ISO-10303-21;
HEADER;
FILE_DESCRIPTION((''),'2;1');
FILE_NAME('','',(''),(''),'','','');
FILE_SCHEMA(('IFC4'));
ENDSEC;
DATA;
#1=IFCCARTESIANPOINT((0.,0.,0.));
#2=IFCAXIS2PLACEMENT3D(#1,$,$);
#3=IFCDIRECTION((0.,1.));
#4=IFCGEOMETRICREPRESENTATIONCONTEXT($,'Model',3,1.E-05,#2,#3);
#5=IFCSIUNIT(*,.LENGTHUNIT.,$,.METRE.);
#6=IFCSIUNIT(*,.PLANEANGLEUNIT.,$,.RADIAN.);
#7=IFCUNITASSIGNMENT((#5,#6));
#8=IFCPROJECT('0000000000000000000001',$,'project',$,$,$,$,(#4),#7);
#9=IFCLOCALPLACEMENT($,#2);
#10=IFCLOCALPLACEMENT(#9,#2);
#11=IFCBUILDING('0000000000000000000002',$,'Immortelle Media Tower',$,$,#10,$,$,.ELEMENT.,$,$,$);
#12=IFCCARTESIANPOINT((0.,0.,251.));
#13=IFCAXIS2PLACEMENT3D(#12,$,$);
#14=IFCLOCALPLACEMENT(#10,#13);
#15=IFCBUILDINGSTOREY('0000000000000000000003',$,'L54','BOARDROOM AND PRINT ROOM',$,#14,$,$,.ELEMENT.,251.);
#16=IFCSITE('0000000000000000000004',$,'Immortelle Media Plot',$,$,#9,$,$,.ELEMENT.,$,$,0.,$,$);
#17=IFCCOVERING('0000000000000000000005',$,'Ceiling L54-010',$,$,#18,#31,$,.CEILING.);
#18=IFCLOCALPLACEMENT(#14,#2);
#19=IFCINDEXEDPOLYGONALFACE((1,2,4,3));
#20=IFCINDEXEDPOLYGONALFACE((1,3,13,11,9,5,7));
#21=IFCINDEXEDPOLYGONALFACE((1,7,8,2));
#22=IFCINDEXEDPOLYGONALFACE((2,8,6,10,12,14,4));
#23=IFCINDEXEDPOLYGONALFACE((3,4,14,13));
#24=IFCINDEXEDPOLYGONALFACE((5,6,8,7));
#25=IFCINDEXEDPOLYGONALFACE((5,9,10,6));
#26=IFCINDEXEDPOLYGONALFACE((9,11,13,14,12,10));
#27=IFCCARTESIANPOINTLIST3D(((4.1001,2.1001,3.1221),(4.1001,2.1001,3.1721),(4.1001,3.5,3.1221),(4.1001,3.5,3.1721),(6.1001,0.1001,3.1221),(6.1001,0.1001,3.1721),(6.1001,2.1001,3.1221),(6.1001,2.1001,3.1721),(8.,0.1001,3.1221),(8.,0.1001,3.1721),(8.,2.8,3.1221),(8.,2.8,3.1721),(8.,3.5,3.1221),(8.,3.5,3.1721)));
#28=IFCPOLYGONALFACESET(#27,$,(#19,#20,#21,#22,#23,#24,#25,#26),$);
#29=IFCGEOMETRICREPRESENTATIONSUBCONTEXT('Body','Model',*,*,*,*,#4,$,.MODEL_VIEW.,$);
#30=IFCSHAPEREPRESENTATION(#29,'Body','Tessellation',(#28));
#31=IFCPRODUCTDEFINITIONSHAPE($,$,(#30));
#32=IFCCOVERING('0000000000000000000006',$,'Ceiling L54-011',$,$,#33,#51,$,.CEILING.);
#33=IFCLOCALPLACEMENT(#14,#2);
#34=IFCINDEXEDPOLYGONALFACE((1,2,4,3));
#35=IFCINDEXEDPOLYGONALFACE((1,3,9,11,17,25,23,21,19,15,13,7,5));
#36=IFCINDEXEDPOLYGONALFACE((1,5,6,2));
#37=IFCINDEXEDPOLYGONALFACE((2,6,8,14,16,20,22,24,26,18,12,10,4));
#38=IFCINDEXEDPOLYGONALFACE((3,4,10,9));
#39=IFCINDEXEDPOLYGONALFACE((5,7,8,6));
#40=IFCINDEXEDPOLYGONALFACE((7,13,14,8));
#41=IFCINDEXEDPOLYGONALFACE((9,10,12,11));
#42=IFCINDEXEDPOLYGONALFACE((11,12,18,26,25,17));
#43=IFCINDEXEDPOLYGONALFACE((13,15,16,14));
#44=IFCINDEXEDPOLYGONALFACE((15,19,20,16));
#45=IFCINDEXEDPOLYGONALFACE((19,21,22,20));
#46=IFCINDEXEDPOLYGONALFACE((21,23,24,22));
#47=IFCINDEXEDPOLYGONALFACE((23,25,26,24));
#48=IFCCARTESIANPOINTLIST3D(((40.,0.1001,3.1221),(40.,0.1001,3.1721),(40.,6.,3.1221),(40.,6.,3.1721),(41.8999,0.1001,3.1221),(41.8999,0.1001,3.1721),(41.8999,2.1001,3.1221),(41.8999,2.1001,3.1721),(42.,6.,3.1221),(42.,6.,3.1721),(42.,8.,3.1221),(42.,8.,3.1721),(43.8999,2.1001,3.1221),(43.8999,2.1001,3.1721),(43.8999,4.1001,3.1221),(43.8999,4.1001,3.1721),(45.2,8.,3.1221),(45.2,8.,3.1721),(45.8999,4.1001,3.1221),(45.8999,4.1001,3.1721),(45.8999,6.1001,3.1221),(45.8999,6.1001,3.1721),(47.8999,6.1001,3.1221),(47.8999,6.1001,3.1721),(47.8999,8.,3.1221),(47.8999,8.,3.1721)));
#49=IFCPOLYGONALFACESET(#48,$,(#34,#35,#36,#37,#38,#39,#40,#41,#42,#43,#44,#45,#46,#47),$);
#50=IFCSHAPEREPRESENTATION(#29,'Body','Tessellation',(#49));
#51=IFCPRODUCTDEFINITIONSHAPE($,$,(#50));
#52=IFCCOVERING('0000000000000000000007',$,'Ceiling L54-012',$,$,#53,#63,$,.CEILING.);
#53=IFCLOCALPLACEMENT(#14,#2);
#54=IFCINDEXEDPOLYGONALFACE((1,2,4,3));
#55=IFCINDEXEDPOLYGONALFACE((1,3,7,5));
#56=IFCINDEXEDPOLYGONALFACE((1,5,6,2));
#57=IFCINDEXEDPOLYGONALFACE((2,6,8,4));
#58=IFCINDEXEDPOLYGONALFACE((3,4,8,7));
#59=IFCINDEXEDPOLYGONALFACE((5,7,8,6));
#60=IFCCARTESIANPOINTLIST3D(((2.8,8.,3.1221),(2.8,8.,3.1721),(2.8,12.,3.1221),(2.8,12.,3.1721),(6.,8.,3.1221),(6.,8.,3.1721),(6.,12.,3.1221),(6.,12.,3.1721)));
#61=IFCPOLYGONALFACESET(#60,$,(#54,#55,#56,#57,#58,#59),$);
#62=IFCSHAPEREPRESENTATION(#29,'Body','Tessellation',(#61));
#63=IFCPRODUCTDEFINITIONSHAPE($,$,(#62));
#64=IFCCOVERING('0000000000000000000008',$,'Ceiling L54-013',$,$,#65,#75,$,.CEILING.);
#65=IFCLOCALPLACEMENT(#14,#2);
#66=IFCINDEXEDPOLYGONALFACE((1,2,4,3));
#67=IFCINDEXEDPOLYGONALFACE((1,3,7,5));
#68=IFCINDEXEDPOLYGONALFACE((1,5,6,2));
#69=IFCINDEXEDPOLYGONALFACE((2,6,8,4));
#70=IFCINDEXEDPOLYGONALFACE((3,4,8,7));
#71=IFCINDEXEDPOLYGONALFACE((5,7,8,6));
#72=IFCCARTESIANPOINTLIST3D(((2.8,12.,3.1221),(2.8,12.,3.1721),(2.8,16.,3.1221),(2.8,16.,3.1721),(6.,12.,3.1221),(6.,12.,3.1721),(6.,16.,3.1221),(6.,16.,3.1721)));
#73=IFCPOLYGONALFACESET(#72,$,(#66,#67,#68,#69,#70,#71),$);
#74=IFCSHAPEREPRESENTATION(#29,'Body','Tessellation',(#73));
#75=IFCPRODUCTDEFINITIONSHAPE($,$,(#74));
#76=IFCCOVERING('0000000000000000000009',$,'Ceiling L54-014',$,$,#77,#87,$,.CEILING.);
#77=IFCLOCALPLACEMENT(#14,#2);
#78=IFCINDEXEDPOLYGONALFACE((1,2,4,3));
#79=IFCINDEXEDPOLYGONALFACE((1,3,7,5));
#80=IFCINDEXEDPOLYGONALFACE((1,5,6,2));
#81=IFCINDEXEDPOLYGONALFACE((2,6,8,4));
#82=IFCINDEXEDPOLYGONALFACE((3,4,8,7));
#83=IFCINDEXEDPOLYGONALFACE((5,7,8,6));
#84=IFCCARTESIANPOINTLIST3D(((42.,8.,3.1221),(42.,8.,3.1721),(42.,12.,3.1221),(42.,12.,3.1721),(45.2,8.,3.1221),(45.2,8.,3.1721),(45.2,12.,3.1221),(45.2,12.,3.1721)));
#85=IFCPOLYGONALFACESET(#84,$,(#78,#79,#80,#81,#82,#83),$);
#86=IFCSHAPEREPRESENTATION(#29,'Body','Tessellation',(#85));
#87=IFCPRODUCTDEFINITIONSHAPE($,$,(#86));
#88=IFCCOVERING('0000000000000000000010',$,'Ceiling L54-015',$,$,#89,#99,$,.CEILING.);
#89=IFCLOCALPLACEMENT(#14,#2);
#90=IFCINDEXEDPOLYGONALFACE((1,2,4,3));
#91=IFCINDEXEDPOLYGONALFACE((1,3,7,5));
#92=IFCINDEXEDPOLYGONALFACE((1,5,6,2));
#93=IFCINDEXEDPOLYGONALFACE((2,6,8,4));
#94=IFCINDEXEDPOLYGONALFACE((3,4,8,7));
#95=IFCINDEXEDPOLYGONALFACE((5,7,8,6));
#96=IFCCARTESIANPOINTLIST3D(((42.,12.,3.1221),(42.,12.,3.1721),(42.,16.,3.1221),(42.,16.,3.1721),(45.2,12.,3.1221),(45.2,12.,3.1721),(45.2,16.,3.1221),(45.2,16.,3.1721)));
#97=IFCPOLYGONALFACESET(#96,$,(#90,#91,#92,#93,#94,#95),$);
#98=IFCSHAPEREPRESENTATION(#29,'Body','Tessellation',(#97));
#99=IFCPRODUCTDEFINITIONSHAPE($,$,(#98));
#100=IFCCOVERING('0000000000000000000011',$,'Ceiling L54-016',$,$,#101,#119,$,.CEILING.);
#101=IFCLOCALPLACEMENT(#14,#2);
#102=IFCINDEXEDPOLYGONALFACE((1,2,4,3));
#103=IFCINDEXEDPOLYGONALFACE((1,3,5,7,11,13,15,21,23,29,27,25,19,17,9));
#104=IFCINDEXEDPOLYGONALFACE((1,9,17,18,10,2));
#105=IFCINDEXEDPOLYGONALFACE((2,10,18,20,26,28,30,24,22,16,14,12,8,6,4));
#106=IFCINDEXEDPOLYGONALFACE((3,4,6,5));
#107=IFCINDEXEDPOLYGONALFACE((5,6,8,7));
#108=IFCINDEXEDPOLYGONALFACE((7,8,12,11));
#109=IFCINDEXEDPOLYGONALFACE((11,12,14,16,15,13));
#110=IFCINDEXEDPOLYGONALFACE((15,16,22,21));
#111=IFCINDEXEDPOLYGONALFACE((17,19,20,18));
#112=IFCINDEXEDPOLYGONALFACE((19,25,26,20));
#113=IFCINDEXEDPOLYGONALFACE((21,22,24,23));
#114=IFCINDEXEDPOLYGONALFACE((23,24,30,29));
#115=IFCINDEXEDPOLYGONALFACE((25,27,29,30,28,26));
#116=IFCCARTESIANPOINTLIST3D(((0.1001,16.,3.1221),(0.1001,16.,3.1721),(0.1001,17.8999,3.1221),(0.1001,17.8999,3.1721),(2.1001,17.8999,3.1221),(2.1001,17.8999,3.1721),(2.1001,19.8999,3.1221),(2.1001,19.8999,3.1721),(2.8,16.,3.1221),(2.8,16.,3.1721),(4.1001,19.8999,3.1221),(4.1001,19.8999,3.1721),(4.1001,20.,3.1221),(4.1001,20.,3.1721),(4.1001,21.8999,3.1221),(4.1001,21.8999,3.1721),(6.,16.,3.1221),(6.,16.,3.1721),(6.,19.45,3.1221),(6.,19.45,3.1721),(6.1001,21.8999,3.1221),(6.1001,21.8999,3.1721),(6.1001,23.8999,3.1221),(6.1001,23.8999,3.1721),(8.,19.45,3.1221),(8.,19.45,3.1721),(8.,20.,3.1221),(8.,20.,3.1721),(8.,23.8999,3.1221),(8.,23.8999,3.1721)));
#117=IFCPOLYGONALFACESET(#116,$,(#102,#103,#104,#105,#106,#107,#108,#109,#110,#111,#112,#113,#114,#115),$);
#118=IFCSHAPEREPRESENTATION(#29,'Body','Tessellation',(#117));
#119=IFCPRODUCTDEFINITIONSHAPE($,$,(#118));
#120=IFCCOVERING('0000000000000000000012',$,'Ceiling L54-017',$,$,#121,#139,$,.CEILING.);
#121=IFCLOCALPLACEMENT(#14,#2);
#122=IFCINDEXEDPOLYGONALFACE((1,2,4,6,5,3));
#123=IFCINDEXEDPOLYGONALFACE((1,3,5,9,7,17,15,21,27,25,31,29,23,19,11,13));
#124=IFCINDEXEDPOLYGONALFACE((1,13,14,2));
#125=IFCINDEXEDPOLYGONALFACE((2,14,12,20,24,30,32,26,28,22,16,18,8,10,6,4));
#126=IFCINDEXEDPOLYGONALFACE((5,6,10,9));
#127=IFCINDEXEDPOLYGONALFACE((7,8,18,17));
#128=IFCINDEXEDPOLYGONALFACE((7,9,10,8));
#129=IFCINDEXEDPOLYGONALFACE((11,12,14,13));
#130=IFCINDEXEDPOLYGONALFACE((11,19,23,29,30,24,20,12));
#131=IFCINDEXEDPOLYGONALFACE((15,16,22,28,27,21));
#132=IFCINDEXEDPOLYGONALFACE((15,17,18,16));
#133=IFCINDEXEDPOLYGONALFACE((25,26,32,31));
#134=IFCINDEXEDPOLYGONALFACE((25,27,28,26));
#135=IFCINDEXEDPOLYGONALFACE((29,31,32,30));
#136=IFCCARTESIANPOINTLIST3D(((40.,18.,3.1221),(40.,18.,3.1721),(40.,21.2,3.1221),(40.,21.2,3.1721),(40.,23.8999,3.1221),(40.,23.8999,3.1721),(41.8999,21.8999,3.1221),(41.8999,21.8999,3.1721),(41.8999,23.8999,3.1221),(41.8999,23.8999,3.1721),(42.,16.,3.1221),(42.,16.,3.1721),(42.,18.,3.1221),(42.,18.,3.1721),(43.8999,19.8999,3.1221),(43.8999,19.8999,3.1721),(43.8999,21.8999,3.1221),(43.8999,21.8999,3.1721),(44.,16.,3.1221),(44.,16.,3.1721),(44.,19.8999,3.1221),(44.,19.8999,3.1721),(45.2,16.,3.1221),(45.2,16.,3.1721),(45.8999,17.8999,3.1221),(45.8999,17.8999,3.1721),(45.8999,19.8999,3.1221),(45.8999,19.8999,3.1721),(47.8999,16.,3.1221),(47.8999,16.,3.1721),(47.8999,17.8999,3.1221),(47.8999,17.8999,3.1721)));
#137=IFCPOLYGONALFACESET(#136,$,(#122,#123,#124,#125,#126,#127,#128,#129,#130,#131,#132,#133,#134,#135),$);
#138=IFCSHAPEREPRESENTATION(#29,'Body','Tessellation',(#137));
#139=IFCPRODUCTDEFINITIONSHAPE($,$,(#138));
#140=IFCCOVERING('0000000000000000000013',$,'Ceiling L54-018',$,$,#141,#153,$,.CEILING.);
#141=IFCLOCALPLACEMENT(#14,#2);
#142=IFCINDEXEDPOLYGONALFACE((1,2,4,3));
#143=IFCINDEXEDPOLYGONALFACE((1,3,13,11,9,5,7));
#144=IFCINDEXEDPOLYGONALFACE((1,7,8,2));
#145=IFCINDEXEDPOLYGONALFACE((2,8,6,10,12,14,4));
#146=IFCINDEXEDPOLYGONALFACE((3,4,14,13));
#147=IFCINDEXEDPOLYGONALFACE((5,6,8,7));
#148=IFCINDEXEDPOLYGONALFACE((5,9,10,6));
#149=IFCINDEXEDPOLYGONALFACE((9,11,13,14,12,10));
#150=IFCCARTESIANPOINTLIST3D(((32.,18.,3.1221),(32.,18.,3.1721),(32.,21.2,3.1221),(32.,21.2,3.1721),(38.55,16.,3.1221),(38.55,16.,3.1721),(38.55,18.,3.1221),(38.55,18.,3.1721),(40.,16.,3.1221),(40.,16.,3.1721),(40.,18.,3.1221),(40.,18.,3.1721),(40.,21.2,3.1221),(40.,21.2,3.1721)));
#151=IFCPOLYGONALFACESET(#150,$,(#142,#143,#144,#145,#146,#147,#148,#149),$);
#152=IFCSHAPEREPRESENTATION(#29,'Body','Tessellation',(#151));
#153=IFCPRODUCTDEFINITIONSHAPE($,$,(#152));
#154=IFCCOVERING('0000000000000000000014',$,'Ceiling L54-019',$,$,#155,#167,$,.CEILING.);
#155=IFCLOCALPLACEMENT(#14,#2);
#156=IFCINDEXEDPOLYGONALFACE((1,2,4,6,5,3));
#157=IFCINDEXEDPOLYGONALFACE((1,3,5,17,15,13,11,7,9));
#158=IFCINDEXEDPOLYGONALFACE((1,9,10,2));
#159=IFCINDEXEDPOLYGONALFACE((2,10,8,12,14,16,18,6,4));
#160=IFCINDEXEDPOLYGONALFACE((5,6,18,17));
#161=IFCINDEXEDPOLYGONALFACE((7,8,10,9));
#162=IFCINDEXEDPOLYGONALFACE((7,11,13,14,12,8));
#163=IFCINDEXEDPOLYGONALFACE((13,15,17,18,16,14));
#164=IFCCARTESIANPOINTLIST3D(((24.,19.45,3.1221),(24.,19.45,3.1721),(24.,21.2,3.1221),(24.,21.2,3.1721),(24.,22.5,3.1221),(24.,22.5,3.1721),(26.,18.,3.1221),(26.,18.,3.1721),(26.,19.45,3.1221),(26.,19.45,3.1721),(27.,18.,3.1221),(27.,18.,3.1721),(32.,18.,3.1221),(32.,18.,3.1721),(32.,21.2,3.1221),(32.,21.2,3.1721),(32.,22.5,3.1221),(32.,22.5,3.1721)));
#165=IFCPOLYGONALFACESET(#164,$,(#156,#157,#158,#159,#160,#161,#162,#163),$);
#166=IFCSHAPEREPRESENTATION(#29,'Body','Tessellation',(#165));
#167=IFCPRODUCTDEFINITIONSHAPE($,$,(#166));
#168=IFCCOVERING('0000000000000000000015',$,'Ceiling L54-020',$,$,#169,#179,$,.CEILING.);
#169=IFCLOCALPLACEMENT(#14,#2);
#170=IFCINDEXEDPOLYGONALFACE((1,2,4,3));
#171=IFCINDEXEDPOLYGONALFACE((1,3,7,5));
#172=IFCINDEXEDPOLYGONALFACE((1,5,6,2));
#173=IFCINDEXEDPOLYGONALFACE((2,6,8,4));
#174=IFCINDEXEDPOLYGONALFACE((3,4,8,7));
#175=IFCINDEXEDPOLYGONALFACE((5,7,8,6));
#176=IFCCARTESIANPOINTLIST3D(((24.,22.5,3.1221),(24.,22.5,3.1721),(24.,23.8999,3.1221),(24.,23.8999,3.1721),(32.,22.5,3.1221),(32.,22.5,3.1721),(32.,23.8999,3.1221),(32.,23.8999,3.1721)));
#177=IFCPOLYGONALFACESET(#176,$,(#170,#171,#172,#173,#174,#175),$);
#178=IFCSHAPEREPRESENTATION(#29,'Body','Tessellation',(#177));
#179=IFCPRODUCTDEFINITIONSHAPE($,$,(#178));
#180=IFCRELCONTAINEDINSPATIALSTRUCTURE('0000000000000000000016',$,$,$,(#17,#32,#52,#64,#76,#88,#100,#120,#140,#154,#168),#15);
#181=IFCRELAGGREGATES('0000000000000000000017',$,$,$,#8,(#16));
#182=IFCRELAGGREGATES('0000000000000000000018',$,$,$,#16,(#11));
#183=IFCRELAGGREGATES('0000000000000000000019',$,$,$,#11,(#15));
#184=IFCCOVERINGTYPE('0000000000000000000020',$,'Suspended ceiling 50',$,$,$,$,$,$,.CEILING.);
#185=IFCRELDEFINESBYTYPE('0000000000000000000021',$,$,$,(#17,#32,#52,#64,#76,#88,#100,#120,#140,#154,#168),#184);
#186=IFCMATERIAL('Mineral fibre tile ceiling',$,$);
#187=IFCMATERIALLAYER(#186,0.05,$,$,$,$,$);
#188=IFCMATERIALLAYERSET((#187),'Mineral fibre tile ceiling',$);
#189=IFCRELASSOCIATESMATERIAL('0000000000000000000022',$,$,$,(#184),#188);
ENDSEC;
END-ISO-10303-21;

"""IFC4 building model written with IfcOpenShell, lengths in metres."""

from ifc_helpers import new_model, si_unit, direction, frame, origin, place, context, subcontext, project, spatial, polyline, outline, extrude, material, layer, layer_set, type_object, element, save


model = new_model("IFC4")

# Units and contexts
model_context = context("Model", 3, precision=1e-05, world=origin(), true_north=direction((0.0, 1.0)))
body_context = subcontext(model_context, "Body", "Model", "MODEL_VIEW")
ifc_project = project(units=[si_unit("LENGTHUNIT", "METRE"), si_unit("PLANEANGLEUNIT", "RADIAN")], contexts=[model_context])

# Site, building, storey
site_placement = place(None, origin())
site = spatial("IfcSite", under=ifc_project, at=site_placement, Name="Immortelle Media Plot", CompositionType="ELEMENT", RefElevation=0.0)
building_placement = place(site_placement, origin())
building = spatial("IfcBuilding", under=site, at=building_placement, Name="Immortelle Media Tower", CompositionType="ELEMENT")
storey_placement = place(building_placement, frame((0.0, 0.0, 251.0)))
storey = spatial("IfcBuildingStorey", under=building, at=storey_placement, Name="L54", Description="BOARDROOM AND PRINT ROOM", CompositionType="ELEMENT", Elevation=251.0)

# Coverings
ifc_material_1 = material(Name="Mineral fibre tile ceiling")
ifc_layer_1 = layer(ifc_material_1, 0.05)
ifc_layer_set_1 = layer_set([ifc_layer_1], Name="Mineral fibre tile ceiling")
covering_type = type_object("IfcCoveringType", Name="Suspended ceiling 50", PredefinedType="CEILING", material=ifc_layer_set_1)
covering_1_placement = place(storey_placement, frame((0.0, 0.0, 3.1221)))
element("IfcCovering", 1, at=covering_1_placement, inside=storey, type_object=covering_type, Name="Ceiling L54-010", PredefinedType="CEILING", context=body_context, shape_type="SweptSolid", body=[
    extrude(outline(polyline([(4.1001, 3.5), (8.0, 3.5), (8.0, 2.8), (8.0, 0.1001), (6.1001, 0.1001), (6.1001, 2.1001), (4.1001, 2.1001), (4.1001, 3.5)])), origin(), (0.0, 0.0, 1.0), 0.05),
])
covering_2_placement = place(storey_placement, frame((0.0, 0.0, 3.1221)))
element("IfcCovering", 2, at=covering_2_placement, inside=storey, type_object=covering_type, Name="Ceiling L54-011", PredefinedType="CEILING", context=body_context, shape_type="SweptSolid", body=[
    extrude(outline(polyline([(45.8999, 6.1001), (45.8999, 4.1001), (43.8999, 4.1001), (43.8999, 2.1001), (41.8999, 2.1001), (41.8999, 0.1001), (40.0, 0.1001), (40.0, 6.0), (42.0, 6.0), (42.0, 8.0), (45.2, 8.0), (47.8999, 8.0), (47.8999, 6.1001), (45.8999, 6.1001)])), origin(), (0.0, 0.0, 1.0), 0.05),
])
covering_3_placement = place(storey_placement, frame((0.0, 0.0, 3.1221)))
element("IfcCovering", 3, at=covering_3_placement, inside=storey, type_object=covering_type, Name="Ceiling L54-012", PredefinedType="CEILING", context=body_context, shape_type="SweptSolid", body=[
    extrude(outline(polyline([(2.8, 8.0), (2.8, 12.0), (6.0, 12.0), (6.0, 8.0), (2.8, 8.0)])), origin(), (0.0, 0.0, 1.0), 0.05),
])
covering_4_placement = place(storey_placement, frame((0.0, 0.0, 3.1221)))
element("IfcCovering", 4, at=covering_4_placement, inside=storey, type_object=covering_type, Name="Ceiling L54-013", PredefinedType="CEILING", context=body_context, shape_type="SweptSolid", body=[
    extrude(outline(polyline([(2.8, 16.0), (6.0, 16.0), (6.0, 12.0), (2.8, 12.0), (2.8, 16.0)])), origin(), (0.0, 0.0, 1.0), 0.05),
])
covering_5_placement = place(storey_placement, frame((0.0, 0.0, 3.1221)))
element("IfcCovering", 5, at=covering_5_placement, inside=storey, type_object=covering_type, Name="Ceiling L54-014", PredefinedType="CEILING", context=body_context, shape_type="SweptSolid", body=[
    extrude(outline(polyline([(42.0, 8.0), (42.0, 12.0), (45.2, 12.0), (45.2, 8.0), (42.0, 8.0)])), origin(), (0.0, 0.0, 1.0), 0.05),
])
covering_6_placement = place(storey_placement, frame((0.0, 0.0, 3.1221)))
element("IfcCovering", 6, at=covering_6_placement, inside=storey, type_object=covering_type, Name="Ceiling L54-015", PredefinedType="CEILING", context=body_context, shape_type="SweptSolid", body=[
    extrude(outline(polyline([(42.0, 16.0), (45.2, 16.0), (45.2, 12.0), (42.0, 12.0), (42.0, 16.0)])), origin(), (0.0, 0.0, 1.0), 0.05),
])
covering_7_placement = place(storey_placement, frame((0.0, 0.0, 3.1221)))
element("IfcCovering", 7, at=covering_7_placement, inside=storey, type_object=covering_type, Name="Ceiling L54-016", PredefinedType="CEILING", context=body_context, shape_type="SweptSolid", body=[
    extrude(outline(polyline([(2.8, 16.0), (0.1001, 16.0), (0.1001, 17.8999), (2.1001, 17.8999), (2.1001, 19.8999), (4.1001, 19.8999), (4.1001, 20.0), (4.1001, 21.8999), (6.1001, 21.8999), (6.1001, 23.8999), (8.0, 23.8999), (8.0, 20.0), (8.0, 19.45), (6.0, 19.45), (6.0, 16.0), (2.8, 16.0)])), origin(), (0.0, 0.0, 1.0), 0.05),
])
covering_8_placement = place(storey_placement, frame((0.0, 0.0, 3.1221)))
element("IfcCovering", 8, at=covering_8_placement, inside=storey, type_object=covering_type, Name="Ceiling L54-017", PredefinedType="CEILING", context=body_context, shape_type="SweptSolid", body=[
    extrude(outline(polyline([(45.8999, 19.8999), (45.8999, 17.8999), (47.8999, 17.8999), (47.8999, 16.0), (45.2, 16.0), (44.0, 16.0), (42.0, 16.0), (42.0, 18.0), (40.0, 18.0), (40.0, 21.2), (40.0, 23.8999), (41.8999, 23.8999), (41.8999, 21.8999), (43.8999, 21.8999), (43.8999, 19.8999), (44.0, 19.8999), (45.8999, 19.8999)])), origin(), (0.0, 0.0, 1.0), 0.05),
])
covering_9_placement = place(storey_placement, frame((0.0, 0.0, 3.1221)))
element("IfcCovering", 9, at=covering_9_placement, inside=storey, type_object=covering_type, Name="Ceiling L54-018", PredefinedType="CEILING", context=body_context, shape_type="SweptSolid", body=[
    extrude(outline(polyline([(38.55, 16.0), (38.55, 18.0), (32.0, 18.0), (32.0, 21.2), (40.0, 21.2), (40.0, 18.0), (40.0, 16.0), (38.55, 16.0)])), origin(), (0.0, 0.0, 1.0), 0.05),
])
covering_10_placement = place(storey_placement, frame((0.0, 0.0, 3.1221)))
element("IfcCovering", 10, at=covering_10_placement, inside=storey, type_object=covering_type, Name="Ceiling L54-019", PredefinedType="CEILING", context=body_context, shape_type="SweptSolid", body=[
    extrude(outline(polyline([(26.0, 18.0), (26.0, 19.45), (24.0, 19.45), (24.0, 21.2), (24.0, 22.5), (32.0, 22.5), (32.0, 21.2), (32.0, 18.0), (27.0, 18.0), (26.0, 18.0)])), origin(), (0.0, 0.0, 1.0), 0.05),
])
covering_11_placement = place(storey_placement, frame((0.0, 0.0, 3.1221)))
element("IfcCovering", 11, at=covering_11_placement, inside=storey, type_object=covering_type, Name="Ceiling L54-020", PredefinedType="CEILING", context=body_context, shape_type="SweptSolid", body=[
    extrude(outline(polyline([(24.0, 23.8999), (32.0, 23.8999), (32.0, 22.5), (24.0, 22.5), (24.0, 23.8999)])), origin(), (0.0, 0.0, 1.0), 0.05),
])

save(model, "model.ifc")
